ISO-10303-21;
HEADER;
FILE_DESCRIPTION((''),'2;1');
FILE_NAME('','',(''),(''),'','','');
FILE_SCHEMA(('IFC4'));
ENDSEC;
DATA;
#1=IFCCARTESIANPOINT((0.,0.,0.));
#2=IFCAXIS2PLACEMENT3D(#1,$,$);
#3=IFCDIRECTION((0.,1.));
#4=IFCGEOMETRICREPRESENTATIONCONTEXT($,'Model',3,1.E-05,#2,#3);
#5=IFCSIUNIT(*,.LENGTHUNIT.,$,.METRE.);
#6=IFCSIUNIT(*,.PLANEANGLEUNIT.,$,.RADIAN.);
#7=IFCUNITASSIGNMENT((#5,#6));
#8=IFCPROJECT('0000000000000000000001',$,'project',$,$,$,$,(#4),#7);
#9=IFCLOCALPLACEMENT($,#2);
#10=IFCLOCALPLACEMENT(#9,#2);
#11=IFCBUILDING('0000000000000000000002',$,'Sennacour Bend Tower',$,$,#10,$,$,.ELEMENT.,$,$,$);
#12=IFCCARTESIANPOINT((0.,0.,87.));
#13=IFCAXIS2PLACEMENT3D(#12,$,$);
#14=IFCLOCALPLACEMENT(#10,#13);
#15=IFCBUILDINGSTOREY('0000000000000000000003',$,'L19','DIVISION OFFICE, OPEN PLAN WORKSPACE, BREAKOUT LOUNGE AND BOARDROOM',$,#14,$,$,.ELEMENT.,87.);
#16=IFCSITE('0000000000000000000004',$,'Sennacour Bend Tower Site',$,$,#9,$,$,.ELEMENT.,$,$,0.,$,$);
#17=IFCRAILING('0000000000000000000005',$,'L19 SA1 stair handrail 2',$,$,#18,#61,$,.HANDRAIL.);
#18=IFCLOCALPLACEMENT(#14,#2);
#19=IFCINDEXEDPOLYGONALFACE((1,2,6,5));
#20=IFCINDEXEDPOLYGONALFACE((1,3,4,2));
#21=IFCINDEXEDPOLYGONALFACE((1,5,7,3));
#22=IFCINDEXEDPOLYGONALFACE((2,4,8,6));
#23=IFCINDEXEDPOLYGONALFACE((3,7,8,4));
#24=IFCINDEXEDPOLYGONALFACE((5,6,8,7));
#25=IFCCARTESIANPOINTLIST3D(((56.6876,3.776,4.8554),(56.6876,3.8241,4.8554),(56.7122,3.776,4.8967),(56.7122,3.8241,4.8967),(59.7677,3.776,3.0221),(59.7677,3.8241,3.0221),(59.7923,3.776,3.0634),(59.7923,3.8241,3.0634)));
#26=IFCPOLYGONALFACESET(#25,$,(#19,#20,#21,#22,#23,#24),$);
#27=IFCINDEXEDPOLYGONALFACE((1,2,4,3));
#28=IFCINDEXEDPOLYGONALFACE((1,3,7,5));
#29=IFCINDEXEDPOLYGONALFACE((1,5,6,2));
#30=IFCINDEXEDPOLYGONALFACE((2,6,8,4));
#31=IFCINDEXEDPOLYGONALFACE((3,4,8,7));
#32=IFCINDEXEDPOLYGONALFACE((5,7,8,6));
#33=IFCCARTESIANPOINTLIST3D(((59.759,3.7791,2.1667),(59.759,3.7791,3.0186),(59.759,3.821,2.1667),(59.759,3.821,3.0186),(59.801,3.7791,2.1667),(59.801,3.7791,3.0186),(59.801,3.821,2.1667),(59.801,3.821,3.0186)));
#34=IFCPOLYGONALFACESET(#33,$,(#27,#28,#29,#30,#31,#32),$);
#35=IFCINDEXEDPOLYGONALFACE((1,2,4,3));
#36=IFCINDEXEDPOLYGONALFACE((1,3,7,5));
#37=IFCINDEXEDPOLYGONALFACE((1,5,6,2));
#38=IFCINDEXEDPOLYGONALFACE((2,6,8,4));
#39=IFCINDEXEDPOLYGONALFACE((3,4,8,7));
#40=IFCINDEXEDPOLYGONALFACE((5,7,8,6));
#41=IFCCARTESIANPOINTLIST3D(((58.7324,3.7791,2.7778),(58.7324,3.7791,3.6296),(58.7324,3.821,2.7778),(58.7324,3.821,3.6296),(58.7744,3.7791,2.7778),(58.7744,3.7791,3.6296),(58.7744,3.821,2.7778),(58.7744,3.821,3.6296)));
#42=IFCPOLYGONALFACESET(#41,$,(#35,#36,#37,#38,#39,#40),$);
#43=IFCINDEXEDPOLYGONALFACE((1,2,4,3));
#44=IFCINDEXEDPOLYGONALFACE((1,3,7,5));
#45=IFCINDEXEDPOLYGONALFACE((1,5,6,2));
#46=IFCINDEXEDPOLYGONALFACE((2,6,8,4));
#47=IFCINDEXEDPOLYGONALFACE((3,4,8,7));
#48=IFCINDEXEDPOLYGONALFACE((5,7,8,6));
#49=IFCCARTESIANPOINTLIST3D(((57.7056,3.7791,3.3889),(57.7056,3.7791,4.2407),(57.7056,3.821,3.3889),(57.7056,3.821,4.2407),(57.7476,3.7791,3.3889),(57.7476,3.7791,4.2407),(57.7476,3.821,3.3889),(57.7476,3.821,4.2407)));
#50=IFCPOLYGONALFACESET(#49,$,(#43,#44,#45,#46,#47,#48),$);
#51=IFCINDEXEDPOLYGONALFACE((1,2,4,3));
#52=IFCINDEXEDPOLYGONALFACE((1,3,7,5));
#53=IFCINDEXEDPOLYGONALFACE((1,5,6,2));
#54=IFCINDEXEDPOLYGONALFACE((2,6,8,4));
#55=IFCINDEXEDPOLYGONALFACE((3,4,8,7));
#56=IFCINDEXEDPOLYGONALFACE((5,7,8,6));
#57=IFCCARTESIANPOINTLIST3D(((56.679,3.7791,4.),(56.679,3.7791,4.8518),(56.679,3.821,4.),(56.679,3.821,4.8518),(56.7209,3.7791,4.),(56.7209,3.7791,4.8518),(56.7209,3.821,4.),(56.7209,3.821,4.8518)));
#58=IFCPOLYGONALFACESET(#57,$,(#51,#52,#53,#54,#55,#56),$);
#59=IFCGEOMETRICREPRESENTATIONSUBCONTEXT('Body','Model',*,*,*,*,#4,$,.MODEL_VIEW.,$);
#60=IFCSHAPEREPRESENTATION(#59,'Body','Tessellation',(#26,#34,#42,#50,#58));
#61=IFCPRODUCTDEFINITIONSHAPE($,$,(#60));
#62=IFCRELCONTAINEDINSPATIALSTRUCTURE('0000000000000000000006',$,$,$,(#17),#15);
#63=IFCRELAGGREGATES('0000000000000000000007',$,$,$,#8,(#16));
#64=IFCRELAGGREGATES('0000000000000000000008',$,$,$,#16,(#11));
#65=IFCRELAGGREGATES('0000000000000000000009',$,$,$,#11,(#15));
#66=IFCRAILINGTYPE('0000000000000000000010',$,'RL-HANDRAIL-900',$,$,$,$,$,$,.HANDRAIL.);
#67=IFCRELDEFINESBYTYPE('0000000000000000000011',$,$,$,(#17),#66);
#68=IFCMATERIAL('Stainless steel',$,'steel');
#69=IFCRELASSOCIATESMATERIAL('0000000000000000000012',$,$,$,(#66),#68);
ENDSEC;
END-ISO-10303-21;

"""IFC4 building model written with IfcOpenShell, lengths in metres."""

from ifc_helpers import new_model, si_unit, direction, frame, origin, origin_2d, place, context, subcontext, project, spatial, rectangle, extrude, material, type_object, element, save


model = new_model("IFC4")

# Units and contexts
model_context = context("Model", 3, precision=1e-05, world=origin(), true_north=direction((0.0, 1.0)))
body_context = subcontext(model_context, "Body", "Model", "MODEL_VIEW")
ifc_project = project(units=[si_unit("LENGTHUNIT", "METRE"), si_unit("PLANEANGLEUNIT", "RADIAN")], contexts=[model_context])

# Site, building, storey
site_placement = place(None, origin())
site = spatial("IfcSite", under=ifc_project, at=site_placement, Name="Sennacour Bend Tower Site", CompositionType="ELEMENT", RefElevation=0.0)
building_placement = place(site_placement, origin())
building = spatial("IfcBuilding", under=site, at=building_placement, Name="Sennacour Bend Tower", CompositionType="ELEMENT")
storey_placement = place(building_placement, frame((0.0, 0.0, 87.0)))
storey = spatial("IfcBuildingStorey", under=building, at=storey_placement, Name="L19", Description="DIVISION OFFICE, OPEN PLAN WORKSPACE, BREAKOUT LOUNGE AND BOARDROOM", CompositionType="ELEMENT", Elevation=87.0)

# Shared definitions
ifc_material_1 = material(Name="Stainless steel", Category="steel")

# Railing
railing_type_1 = type_object("IfcRailingType", Name="RL-HANDRAIL-900", PredefinedType="HANDRAIL", material=ifc_material_1)
railing_1_placement = place(storey_placement, frame((59.78, 3.8, 2.1667)))
element("IfcRailing", 1, at=railing_1_placement, inside=storey, type_object=railing_type_1, Name="L19 SA1 stair handrail 2", PredefinedType="HANDRAIL", context=body_context, shape_type="SweptSolid", body=[
    extrude(rectangle(XDim=0.0481, YDim=0.0481, at=origin_2d()), frame((0.0, 0.0, 0.876), z_axis=(-0.859309, 0.0, 0.511458), x_axis=(0.0, -1.0, 0.0)), (0.0, 0.0, 1.0), 3.5845),
    extrude(rectangle(XDim=0.042, YDim=0.042, at=origin_2d()), origin(), (0.0, 0.0, 1.0), 0.8518),
    extrude(rectangle(XDim=0.042, YDim=0.042, at=origin_2d()), frame((-1.0266, 0.0, 0.6111)), (0.0, 0.0, 1.0), 0.8518),
    extrude(rectangle(XDim=0.042, YDim=0.042, at=origin_2d()), frame((-2.0535, 0.0, 1.2222)), (0.0, 0.0, 1.0), 0.8518),
    extrude(rectangle(XDim=0.042, YDim=0.042, at=origin_2d()), frame((-3.0801, 0.0, 1.8333)), (0.0, 0.0, 1.0), 0.8518),
])

save(model, "model.ifc")
